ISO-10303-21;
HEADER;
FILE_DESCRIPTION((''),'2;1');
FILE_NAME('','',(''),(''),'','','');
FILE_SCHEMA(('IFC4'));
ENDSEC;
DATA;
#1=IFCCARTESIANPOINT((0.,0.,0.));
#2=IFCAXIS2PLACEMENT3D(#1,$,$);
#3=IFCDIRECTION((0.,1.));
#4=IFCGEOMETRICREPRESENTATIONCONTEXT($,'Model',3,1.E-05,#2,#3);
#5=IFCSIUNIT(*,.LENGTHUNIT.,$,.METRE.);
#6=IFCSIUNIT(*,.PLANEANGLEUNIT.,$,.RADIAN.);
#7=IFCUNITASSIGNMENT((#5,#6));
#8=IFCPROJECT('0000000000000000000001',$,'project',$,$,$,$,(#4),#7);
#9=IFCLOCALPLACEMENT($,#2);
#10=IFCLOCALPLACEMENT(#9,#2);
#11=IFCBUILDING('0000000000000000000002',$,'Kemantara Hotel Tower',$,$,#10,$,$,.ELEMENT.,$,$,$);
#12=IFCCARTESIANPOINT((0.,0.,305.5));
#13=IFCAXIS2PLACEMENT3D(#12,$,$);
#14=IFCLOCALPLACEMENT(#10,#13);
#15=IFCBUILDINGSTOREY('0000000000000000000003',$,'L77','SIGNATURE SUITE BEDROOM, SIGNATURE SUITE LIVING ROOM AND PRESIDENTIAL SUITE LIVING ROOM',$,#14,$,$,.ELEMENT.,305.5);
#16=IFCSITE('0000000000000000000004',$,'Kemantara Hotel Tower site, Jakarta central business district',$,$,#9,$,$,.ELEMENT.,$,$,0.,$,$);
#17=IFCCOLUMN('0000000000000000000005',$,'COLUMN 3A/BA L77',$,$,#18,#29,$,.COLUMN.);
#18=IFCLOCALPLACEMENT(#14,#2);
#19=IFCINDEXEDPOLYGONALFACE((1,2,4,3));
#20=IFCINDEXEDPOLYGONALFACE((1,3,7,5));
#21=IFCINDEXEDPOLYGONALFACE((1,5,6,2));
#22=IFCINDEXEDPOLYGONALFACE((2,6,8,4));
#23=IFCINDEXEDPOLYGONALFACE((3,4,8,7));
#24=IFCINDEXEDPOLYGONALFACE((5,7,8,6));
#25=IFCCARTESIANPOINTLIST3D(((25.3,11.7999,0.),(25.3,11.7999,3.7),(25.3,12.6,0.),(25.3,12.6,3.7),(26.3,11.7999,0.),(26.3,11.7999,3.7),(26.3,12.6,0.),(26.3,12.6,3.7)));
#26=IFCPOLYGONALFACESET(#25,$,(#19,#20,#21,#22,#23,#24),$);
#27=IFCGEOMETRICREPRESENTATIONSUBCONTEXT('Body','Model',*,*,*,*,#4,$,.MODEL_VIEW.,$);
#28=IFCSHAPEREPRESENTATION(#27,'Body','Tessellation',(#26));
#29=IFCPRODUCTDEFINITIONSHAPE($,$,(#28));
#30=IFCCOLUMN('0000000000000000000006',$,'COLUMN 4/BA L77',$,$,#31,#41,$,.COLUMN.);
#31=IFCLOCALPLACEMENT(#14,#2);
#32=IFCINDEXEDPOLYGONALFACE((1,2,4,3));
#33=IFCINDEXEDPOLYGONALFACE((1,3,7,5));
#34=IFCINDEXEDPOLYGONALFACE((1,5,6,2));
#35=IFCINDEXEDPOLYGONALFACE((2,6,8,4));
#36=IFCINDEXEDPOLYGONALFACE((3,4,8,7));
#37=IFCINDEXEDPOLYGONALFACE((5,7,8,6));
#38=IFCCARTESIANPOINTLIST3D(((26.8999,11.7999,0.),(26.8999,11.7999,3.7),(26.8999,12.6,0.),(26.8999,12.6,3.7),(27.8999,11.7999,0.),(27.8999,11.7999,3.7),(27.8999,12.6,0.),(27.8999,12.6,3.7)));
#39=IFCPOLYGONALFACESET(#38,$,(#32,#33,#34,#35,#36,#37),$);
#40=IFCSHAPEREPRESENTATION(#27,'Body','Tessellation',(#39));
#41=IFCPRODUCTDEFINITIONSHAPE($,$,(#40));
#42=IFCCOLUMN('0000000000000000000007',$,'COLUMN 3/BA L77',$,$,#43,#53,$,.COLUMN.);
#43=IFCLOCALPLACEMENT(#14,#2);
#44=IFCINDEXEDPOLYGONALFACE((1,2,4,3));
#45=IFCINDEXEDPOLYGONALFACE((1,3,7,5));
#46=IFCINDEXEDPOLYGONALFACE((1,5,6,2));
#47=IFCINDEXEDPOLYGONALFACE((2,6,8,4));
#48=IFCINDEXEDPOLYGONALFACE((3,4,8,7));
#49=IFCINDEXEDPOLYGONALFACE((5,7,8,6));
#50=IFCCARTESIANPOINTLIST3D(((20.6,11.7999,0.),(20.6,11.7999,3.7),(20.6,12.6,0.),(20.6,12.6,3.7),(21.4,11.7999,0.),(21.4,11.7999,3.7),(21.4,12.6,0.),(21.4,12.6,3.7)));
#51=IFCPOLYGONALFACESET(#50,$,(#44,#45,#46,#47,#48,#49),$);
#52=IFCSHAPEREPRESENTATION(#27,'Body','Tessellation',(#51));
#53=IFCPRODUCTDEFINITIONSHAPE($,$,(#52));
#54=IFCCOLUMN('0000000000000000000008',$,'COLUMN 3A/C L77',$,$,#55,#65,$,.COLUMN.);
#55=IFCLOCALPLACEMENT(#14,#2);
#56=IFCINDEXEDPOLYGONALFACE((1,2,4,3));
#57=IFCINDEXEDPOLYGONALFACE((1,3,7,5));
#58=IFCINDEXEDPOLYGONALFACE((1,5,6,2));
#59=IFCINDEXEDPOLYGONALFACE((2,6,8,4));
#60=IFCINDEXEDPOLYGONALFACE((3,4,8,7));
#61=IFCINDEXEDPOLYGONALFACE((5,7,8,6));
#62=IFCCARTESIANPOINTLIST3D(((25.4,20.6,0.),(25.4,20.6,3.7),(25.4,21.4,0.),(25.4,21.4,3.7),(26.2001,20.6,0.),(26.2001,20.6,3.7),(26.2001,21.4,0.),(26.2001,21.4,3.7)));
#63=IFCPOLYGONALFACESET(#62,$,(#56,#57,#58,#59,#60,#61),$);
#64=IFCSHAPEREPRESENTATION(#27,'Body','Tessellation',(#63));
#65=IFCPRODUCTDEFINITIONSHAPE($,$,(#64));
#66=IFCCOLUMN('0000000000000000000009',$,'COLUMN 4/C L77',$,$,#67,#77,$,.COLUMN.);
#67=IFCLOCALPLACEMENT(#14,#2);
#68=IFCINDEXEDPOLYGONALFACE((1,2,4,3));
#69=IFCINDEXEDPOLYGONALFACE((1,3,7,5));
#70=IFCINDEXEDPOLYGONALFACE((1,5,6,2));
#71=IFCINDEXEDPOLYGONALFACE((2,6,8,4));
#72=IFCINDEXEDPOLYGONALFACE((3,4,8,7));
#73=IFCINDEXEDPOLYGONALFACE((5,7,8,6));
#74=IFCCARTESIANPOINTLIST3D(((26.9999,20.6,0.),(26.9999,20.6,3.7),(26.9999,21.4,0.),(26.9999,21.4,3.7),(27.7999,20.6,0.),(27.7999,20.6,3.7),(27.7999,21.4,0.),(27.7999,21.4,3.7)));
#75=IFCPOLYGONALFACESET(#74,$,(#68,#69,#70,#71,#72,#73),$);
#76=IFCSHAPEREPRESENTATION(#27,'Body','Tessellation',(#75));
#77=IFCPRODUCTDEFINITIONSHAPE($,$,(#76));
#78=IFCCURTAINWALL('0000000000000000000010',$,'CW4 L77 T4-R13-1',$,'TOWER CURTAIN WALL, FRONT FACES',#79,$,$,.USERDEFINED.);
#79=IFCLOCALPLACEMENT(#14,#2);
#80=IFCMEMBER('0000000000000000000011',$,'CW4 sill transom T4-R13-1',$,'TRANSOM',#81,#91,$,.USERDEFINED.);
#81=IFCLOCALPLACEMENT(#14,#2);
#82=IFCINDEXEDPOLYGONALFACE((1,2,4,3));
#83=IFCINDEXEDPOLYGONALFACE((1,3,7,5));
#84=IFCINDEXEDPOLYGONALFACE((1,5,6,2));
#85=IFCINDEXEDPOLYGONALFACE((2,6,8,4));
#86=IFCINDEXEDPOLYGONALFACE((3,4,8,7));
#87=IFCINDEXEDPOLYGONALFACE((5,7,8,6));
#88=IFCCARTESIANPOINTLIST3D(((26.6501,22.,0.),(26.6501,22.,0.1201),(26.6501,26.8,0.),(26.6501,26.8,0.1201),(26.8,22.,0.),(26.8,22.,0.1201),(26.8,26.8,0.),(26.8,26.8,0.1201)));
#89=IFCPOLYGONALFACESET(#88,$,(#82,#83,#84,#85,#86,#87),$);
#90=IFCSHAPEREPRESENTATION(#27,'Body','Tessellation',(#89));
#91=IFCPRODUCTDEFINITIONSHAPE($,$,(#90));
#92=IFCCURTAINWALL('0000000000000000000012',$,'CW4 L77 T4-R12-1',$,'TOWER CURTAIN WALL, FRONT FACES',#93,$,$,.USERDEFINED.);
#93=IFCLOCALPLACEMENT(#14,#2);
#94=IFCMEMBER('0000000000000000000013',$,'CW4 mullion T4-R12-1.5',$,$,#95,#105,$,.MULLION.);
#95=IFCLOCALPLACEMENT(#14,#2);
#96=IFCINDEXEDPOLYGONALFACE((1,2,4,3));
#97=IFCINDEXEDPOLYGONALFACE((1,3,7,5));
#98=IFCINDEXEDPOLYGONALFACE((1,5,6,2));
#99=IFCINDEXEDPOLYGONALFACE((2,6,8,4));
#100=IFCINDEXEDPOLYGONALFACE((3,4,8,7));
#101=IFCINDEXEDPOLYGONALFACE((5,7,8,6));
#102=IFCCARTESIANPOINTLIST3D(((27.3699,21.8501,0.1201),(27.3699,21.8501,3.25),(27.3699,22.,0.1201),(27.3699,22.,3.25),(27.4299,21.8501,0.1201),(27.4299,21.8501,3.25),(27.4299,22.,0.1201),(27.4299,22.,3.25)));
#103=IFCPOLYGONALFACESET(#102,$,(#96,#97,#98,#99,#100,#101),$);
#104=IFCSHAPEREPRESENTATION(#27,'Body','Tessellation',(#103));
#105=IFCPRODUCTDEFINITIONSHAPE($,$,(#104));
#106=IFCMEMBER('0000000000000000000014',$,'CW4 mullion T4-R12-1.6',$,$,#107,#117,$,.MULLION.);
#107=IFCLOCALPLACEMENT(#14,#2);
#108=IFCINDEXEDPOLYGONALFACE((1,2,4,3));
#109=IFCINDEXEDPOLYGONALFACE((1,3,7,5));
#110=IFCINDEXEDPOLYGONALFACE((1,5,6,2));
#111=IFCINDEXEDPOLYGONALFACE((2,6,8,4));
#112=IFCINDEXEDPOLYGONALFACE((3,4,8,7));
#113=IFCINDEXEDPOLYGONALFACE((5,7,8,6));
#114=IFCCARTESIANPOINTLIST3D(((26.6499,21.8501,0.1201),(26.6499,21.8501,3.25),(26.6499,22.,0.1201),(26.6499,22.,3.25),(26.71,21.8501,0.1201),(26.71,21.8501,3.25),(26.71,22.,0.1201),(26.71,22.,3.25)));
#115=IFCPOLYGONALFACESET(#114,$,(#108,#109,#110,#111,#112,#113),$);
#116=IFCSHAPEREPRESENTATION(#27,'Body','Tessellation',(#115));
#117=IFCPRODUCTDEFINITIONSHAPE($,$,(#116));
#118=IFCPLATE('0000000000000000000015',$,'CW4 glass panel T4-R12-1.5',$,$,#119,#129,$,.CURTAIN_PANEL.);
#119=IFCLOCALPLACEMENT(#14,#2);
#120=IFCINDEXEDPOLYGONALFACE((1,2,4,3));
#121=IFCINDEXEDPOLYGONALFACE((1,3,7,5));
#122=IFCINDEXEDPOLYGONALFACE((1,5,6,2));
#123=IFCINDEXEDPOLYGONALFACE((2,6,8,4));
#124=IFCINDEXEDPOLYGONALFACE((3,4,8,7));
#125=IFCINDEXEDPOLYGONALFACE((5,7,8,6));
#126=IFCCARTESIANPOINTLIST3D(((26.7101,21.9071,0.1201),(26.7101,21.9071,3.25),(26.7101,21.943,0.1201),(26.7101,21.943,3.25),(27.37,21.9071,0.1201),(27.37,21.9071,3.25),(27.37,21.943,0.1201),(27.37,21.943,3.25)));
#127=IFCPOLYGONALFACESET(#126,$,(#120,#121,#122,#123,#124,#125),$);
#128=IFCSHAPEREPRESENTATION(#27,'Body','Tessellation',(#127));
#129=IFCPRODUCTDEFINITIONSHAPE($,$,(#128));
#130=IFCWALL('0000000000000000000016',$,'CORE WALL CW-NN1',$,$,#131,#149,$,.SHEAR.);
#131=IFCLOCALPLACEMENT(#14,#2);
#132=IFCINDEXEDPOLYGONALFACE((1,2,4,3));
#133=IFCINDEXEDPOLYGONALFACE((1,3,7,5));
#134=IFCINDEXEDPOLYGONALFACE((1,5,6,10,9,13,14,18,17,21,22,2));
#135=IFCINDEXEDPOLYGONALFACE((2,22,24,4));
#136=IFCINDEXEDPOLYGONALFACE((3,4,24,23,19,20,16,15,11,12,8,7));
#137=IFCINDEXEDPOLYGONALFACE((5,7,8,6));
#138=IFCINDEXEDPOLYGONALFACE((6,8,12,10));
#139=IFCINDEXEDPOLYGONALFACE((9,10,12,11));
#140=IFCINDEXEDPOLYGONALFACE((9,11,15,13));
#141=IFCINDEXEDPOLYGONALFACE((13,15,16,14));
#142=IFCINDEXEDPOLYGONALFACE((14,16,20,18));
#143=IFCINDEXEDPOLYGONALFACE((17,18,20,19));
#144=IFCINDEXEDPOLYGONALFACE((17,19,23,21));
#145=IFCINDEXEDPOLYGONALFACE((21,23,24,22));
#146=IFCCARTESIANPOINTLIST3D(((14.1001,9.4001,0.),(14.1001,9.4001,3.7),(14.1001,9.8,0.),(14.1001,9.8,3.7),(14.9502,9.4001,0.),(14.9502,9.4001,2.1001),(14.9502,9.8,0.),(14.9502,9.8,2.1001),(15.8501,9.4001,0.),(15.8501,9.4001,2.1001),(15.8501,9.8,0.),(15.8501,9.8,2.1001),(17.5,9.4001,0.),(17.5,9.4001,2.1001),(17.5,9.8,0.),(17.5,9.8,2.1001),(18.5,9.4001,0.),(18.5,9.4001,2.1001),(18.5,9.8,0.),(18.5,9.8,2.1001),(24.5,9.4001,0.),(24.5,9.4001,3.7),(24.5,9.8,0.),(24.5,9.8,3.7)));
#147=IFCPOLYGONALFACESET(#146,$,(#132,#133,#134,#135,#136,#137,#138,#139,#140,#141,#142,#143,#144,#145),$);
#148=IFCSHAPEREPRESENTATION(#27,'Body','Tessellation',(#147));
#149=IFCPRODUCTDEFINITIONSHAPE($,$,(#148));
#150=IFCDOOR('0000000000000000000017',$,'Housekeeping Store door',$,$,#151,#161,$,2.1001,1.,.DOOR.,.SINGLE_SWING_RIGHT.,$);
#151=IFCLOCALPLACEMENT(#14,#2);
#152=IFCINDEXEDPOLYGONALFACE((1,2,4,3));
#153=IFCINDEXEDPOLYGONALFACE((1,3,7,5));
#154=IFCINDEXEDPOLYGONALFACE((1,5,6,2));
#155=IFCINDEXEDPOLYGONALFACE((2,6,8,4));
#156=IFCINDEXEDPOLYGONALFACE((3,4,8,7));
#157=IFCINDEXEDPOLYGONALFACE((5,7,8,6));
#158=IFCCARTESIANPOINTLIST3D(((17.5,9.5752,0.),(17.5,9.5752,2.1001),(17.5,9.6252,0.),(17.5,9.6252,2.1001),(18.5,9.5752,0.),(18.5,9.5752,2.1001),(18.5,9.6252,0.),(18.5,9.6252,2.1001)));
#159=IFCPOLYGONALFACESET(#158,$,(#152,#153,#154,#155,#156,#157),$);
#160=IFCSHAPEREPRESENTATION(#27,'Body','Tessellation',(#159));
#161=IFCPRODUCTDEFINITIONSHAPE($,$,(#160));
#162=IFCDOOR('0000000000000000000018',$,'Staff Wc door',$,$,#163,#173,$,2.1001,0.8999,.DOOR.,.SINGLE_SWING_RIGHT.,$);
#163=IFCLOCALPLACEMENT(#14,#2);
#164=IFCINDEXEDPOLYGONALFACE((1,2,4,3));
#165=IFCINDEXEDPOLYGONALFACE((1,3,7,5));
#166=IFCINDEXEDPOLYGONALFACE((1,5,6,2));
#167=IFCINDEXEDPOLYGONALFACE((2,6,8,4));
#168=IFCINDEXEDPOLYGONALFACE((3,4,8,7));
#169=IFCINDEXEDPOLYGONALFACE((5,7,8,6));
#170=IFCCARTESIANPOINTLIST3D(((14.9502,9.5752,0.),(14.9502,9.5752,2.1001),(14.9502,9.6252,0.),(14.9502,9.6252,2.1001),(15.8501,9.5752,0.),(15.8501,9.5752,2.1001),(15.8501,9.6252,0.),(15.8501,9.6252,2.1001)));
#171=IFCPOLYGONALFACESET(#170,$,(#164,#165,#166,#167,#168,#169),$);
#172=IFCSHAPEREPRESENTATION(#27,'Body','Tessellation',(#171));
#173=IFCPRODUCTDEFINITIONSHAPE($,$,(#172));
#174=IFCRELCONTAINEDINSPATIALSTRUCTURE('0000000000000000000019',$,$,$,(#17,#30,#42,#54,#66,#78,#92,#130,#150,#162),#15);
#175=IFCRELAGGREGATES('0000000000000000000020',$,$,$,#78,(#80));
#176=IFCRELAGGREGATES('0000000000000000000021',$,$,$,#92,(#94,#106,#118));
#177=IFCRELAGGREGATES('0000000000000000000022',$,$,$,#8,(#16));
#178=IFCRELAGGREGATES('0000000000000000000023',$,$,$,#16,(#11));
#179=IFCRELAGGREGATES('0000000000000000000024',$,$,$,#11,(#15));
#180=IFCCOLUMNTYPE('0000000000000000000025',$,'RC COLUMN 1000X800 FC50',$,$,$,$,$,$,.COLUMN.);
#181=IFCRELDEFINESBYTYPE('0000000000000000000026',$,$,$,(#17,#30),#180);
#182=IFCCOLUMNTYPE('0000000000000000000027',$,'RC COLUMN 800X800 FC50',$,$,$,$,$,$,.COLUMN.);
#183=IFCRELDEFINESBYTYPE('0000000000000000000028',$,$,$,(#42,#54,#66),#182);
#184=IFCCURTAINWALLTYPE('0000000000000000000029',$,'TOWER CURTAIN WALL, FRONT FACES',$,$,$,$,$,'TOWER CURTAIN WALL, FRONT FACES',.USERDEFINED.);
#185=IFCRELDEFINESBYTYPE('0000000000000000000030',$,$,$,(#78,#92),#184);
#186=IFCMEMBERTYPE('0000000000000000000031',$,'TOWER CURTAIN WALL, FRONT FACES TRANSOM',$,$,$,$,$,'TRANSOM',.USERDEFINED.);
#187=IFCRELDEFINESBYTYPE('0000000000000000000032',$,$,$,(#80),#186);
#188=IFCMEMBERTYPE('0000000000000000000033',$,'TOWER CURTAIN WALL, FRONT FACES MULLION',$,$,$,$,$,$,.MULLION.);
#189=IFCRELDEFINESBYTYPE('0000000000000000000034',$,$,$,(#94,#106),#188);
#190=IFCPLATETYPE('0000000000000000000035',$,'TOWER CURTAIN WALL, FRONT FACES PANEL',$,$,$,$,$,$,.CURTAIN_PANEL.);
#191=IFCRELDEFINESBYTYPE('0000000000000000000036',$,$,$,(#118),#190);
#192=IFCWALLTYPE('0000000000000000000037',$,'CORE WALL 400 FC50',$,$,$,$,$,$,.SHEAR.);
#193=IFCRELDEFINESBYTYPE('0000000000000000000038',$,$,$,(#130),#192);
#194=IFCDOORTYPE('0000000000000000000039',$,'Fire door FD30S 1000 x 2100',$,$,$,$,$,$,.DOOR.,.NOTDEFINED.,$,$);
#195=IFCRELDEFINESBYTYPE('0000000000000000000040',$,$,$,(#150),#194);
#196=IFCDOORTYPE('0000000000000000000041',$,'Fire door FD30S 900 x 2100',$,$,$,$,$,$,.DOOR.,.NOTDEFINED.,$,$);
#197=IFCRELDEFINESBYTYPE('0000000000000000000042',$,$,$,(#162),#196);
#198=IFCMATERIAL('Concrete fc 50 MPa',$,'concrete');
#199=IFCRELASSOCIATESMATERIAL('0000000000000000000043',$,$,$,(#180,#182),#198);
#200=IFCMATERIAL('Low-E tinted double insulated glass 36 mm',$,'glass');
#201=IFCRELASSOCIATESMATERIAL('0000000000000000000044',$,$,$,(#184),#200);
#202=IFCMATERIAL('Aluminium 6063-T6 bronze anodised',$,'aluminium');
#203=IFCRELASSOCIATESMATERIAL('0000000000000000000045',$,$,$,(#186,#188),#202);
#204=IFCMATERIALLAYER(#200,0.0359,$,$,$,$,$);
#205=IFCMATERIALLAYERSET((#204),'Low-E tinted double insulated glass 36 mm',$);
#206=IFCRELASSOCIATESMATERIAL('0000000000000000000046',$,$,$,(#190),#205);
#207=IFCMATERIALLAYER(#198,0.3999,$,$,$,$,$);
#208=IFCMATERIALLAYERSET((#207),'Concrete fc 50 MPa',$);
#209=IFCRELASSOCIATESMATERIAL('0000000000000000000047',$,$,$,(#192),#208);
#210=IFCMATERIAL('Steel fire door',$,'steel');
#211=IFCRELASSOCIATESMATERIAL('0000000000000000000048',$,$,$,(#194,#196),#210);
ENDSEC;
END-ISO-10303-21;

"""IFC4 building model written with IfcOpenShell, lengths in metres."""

from ifc_helpers import new_model, si_unit, direction, frame, frame_2d, origin, origin_2d, place, context, subcontext, project, spatial, rectangle, extrude, source, transform, mapped, material, layer, layer_set, material_profile, profile_set, type_object, element, fill, aggregate, save


model = new_model("IFC4")

# Units and contexts
model_context = context("Model", 3, precision=1e-05, world=origin(), true_north=direction((0.0, 1.0)))
body_context = subcontext(model_context, "Body", "Model", "MODEL_VIEW")
ifc_project = project(units=[si_unit("LENGTHUNIT", "METRE"), si_unit("PLANEANGLEUNIT", "RADIAN")], contexts=[model_context])

# Site, building, storey
site_placement = place(None, origin())
site = spatial("IfcSite", under=ifc_project, at=site_placement, Name="Kemantara Hotel Tower site, Jakarta central business district", CompositionType="ELEMENT", RefElevation=0.0)
building_placement = place(site_placement, origin())
building = spatial("IfcBuilding", under=site, at=building_placement, Name="Kemantara Hotel Tower", CompositionType="ELEMENT")
storey_placement = place(building_placement, frame((0.0, 0.0, 305.5)))
storey = spatial("IfcBuildingStorey", under=building, at=storey_placement, Name="L77", Description="SIGNATURE SUITE BEDROOM, SIGNATURE SUITE LIVING ROOM AND PRESIDENTIAL SUITE LIVING ROOM", CompositionType="ELEMENT", Elevation=305.5)

# Columns
ifc_material_1 = material(Name="Concrete fc 50 MPa", Category="concrete")
ifc_material_profile_1 = material_profile(ifc_material_1, rectangle(XDim=1.0, YDim=0.8, at=origin_2d()), Name="RC 1000X800")
ifc_profile_set_1 = profile_set([ifc_material_profile_1], Name="Concrete fc 50 MPa")
column_type_1 = type_object("IfcColumnType", Name="RC COLUMN 1000X800 FC50", PredefinedType="COLUMN", material=ifc_profile_set_1)
for number, where, z_axis, x_axis, name in (
    (1, (25.8, 12.2, 0.0), (0.0, 0.0, 1.0), (1.0, 0.0, 0.0), "COLUMN 3A/BA L77"),
    (2, (27.3999, 12.2, 0.0), (0.0, 0.0, 1.0), (1.0, 0.0, 0.0), "COLUMN 4/BA L77"),
):
    element("IfcColumn", number, at=place(storey_placement, frame(where, z_axis=z_axis, x_axis=x_axis)), inside=storey, type_object=column_type_1, Name=name, PredefinedType="COLUMN", context=body_context, shape_type="SweptSolid", body=[
        extrude(rectangle(XDim=1.0, YDim=0.8, at=origin_2d()), origin(), (0.0, 0.0, 1.0), 3.7),
    ])
ifc_material_profile_2 = material_profile(ifc_material_1, rectangle(XDim=0.8, YDim=0.8, at=origin_2d()), Name="RC 800X800")
ifc_profile_set_2 = profile_set([ifc_material_profile_2], Name="Concrete fc 50 MPa")
column_type_2 = type_object("IfcColumnType", Name="RC COLUMN 800X800 FC50", PredefinedType="COLUMN", material=ifc_profile_set_2)
for number, where, z_axis, x_axis, name in (
    (3, (21.0, 12.2, 0.0), (0.0, 0.0, 1.0), (1.0, 0.0, 0.0), "COLUMN 3/BA L77"),
    (4, (25.8, 21.0, 0.0), (0.0, 0.0, 1.0), (1.0, 0.0, 0.0), "COLUMN 3A/C L77"),
    (5, (27.3999, 21.0, 0.0), (0.0, 0.0, 1.0), (1.0, 0.0, 0.0), "COLUMN 4/C L77"),
):
    element("IfcColumn", number, at=place(storey_placement, frame(where, z_axis=z_axis, x_axis=x_axis)), inside=storey, type_object=column_type_2, Name=name, PredefinedType="COLUMN", context=body_context, shape_type="SweptSolid", body=[
        extrude(rectangle(XDim=0.8, YDim=0.8, at=origin_2d()), origin(), (0.0, 0.0, 1.0), 3.7),
    ])

# Curtain wall, member
ifc_material_2 = material(Name="Low-E tinted double insulated glass 36 mm", Category="glass")
curtain_wall_type = type_object("IfcCurtainWallType", Name="TOWER CURTAIN WALL, FRONT FACES", ElementType="TOWER CURTAIN WALL, FRONT FACES", PredefinedType="USERDEFINED", material=ifc_material_2)
curtain_wall_1_placement = place(storey_placement, origin())
curtain_wall_1 = element("IfcCurtainWall", 6, at=curtain_wall_1_placement, inside=storey, type_object=curtain_wall_type, Name="CW4 L77 T4-R13-1", ObjectType="TOWER CURTAIN WALL, FRONT FACES", PredefinedType="USERDEFINED")
ifc_material_3 = material(Name="Aluminium 6063-T6 bronze anodised", Category="aluminium")
ifc_material_profile_3 = material_profile(ifc_material_3, rectangle(XDim=0.1499, YDim=0.1201, at=origin_2d()), Name="TOWER CURTAIN WALL, FRONT FACES TRANSOM")
ifc_profile_set_3 = profile_set([ifc_material_profile_3], Name="Aluminium 6063-T6 bronze anodised")
member_type_1 = type_object("IfcMemberType", Name="TOWER CURTAIN WALL, FRONT FACES TRANSOM", ElementType="TRANSOM", PredefinedType="USERDEFINED", material=ifc_profile_set_3)
member_1_placement = place(storey_placement, frame((26.7251, 22.0, 0.0601), z_axis=(0.0, 1.0, 0.0), x_axis=(-1.0, 0.0, 0.0)))
member_1 = element("IfcMember", 7, at=member_1_placement, type_object=member_type_1, Name="CW4 sill transom T4-R13-1", ObjectType="TRANSOM", PredefinedType="USERDEFINED", context=body_context, shape_type="SweptSolid", body=[
    extrude(rectangle(XDim=0.1499, YDim=0.1201, at=origin_2d()), origin(), (0.0, 0.0, 1.0), 4.8),
])
aggregate(curtain_wall_1, [member_1])

# Curtain wall, members, plate
curtain_wall_2_placement = place(storey_placement, origin())
curtain_wall_2 = element("IfcCurtainWall", 8, at=curtain_wall_2_placement, inside=storey, type_object=curtain_wall_type, Name="CW4 L77 T4-R12-1", ObjectType="TOWER CURTAIN WALL, FRONT FACES", PredefinedType="USERDEFINED")
ifc_material_profile_4 = material_profile(ifc_material_3, rectangle(XDim=0.1499, YDim=0.0601, at=origin_2d()), Name="TOWER CURTAIN WALL, FRONT FACES MULLION")
ifc_profile_set_4 = profile_set([ifc_material_profile_4], Name="Aluminium 6063-T6 bronze anodised")
member_type_2 = type_object("IfcMemberType", Name="TOWER CURTAIN WALL, FRONT FACES MULLION", PredefinedType="MULLION", material=ifc_profile_set_4)
shared_shape_1 = source(origin(), body_context, "Body", "SweptSolid", [
    extrude(rectangle(XDim=0.1499, YDim=0.0601, at=origin_2d()), origin(), (0.0, 0.0, 1.0), 3.1299),
])
member_2_placement = place(storey_placement, frame((27.3999, 21.925, 0.1201), z_axis=(0.0, 0.0, 1.0), x_axis=(0.0, -1.0, 0.0)))
member_2 = element("IfcMember", 9, at=member_2_placement, type_object=member_type_2, Name="CW4 mullion T4-R12-1.5", PredefinedType="MULLION", context=body_context, shape_type="MappedRepresentation", body=[
    mapped(shared_shape_1, transform((0.0, 0.0, 0.0))),
])
member_3_placement = place(storey_placement, frame((26.6799, 21.925, 0.1201), z_axis=(0.0, 0.0, 1.0), x_axis=(0.0, -1.0, 0.0)))
member_3 = element("IfcMember", 10, at=member_3_placement, type_object=member_type_2, Name="CW4 mullion T4-R12-1.6", PredefinedType="MULLION", context=body_context, shape_type="MappedRepresentation", body=[
    mapped(shared_shape_1, transform((0.0, 0.0, 0.0))),
])
ifc_layer_1 = layer(ifc_material_2, 0.0359)
ifc_layer_set_1 = layer_set([ifc_layer_1], Name="Low-E tinted double insulated glass 36 mm")
plate_type = type_object("IfcPlateType", Name="TOWER CURTAIN WALL, FRONT FACES PANEL", PredefinedType="CURTAIN_PANEL", material=ifc_layer_set_1)
shared_shape_2 = source(origin(), body_context, "Body", "SweptSolid", [
    extrude(rectangle(XDim=0.6599, YDim=0.0359, at=origin_2d()), origin(), (0.0, 0.0, 1.0), 3.1299),
])
plate_placement = place(storey_placement, frame((27.04, 21.925, 0.1201), z_axis=(0.0, 0.0, 1.0), x_axis=(-1.0, 0.0, 0.0)))
plate = element("IfcPlate", 11, at=plate_placement, type_object=plate_type, Name="CW4 glass panel T4-R12-1.5", PredefinedType="CURTAIN_PANEL", context=body_context, shape_type="MappedRepresentation", body=[
    mapped(shared_shape_2, transform((0.0, 0.0, 0.0))),
])
aggregate(curtain_wall_2, [member_2, member_3, plate])

# Wall, openings, doors
ifc_layer_2 = layer(ifc_material_1, 0.3999)
ifc_layer_set_2 = layer_set([ifc_layer_2], Name="Concrete fc 50 MPa")
wall_type_1 = type_object("IfcWallType", Name="CORE WALL 400 FC50", PredefinedType="SHEAR", material=ifc_layer_set_2)
wall_1_placement = place(storey_placement, frame((14.1001, 9.6001, 0.0), z_axis=(0.0, 0.0, 1.0), x_axis=(1.0, 0.0, 0.0)))
wall_1 = element("IfcWall", 12, at=wall_1_placement, inside=storey, type_object=wall_type_1, Name="CORE WALL CW-NN1", PredefinedType="SHEAR", context=body_context, shape_type="SweptSolid", body=[
    extrude(rectangle(XDim=10.3999, YDim=0.3999, at=frame_2d((5.2, 0.0))), origin(), (0.0, 0.0, 1.0), 3.7),
])
opening_1_placement = place(wall_1_placement, frame((0.8501, 0.0, 0.0)))
opening_1 = element("IfcOpeningElement", 13, at=opening_1_placement, cuts=wall_1, PredefinedType="OPENING", context=body_context, shape_type="SweptSolid", body=[
    extrude(rectangle(XDim=0.8999, YDim=2.1001, at=frame_2d((0.45, 1.05))), frame((0.0, 0.21, 0.0), z_axis=(0.0, -1.0, 0.0), x_axis=(1.0, 0.0, 0.0)), (0.0, 0.0, 1.0), 0.4199),
])
opening_2_placement = place(wall_1_placement, frame((3.3999, 0.0, 0.0)))
opening_2 = element("IfcOpeningElement", 14, at=opening_2_placement, cuts=wall_1, PredefinedType="OPENING", context=body_context, shape_type="SweptSolid", body=[
    extrude(rectangle(XDim=1.0, YDim=2.1001, at=frame_2d((0.5, 1.05))), frame((0.0, 0.21, 0.0), z_axis=(0.0, -1.0, 0.0), x_axis=(1.0, 0.0, 0.0)), (0.0, 0.0, 1.0), 0.4199),
])
ifc_material_4 = material(Name="Steel fire door", Category="steel")
door_type_1 = type_object("IfcDoorType", Name="Fire door FD30S 1000 x 2100", OperationType="NOTDEFINED", PredefinedType="DOOR", material=ifc_material_4)
door_1_placement = place(opening_2_placement, frame((1.0, 0.0, 0.0), z_axis=(0.0, 0.0, 1.0), x_axis=(-1.0, 0.0, 0.0)))
door_1 = element("IfcDoor", 15, at=door_1_placement, inside=storey, type_object=door_type_1, Name="Housekeeping Store door", OperationType="SINGLE_SWING_RIGHT", OverallHeight=2.1001, OverallWidth=1.0, PredefinedType="DOOR", context=body_context, shape_type="SweptSolid", body=[
    extrude(rectangle(XDim=1.0, YDim=2.1001, at=frame_2d((0.5, 1.05))), frame((0.0, 0.0249, 0.0), z_axis=(0.0, -1.0, 0.0), x_axis=(1.0, 0.0, 0.0)), (0.0, 0.0, 1.0), 0.05),
])
fill(opening_2, door_1)
door_type_2 = type_object("IfcDoorType", Name="Fire door FD30S 900 x 2100", OperationType="NOTDEFINED", PredefinedType="DOOR", material=ifc_material_4)
door_2_placement = place(opening_1_placement, frame((0.8999, 0.0, 0.0), z_axis=(0.0, 0.0, 1.0), x_axis=(-1.0, 0.0, 0.0)))
door_2 = element("IfcDoor", 16, at=door_2_placement, inside=storey, type_object=door_type_2, Name="Staff Wc door", OperationType="SINGLE_SWING_RIGHT", OverallHeight=2.1001, OverallWidth=0.8999, PredefinedType="DOOR", context=body_context, shape_type="SweptSolid", body=[
    extrude(rectangle(XDim=0.8999, YDim=2.1001, at=frame_2d((0.45, 1.05))), frame((0.0, 0.0249, 0.0), z_axis=(0.0, -1.0, 0.0), x_axis=(1.0, 0.0, 0.0)), (0.0, 0.0, 1.0), 0.05),
])
fill(opening_1, door_2)

save(model, "model.ifc")
